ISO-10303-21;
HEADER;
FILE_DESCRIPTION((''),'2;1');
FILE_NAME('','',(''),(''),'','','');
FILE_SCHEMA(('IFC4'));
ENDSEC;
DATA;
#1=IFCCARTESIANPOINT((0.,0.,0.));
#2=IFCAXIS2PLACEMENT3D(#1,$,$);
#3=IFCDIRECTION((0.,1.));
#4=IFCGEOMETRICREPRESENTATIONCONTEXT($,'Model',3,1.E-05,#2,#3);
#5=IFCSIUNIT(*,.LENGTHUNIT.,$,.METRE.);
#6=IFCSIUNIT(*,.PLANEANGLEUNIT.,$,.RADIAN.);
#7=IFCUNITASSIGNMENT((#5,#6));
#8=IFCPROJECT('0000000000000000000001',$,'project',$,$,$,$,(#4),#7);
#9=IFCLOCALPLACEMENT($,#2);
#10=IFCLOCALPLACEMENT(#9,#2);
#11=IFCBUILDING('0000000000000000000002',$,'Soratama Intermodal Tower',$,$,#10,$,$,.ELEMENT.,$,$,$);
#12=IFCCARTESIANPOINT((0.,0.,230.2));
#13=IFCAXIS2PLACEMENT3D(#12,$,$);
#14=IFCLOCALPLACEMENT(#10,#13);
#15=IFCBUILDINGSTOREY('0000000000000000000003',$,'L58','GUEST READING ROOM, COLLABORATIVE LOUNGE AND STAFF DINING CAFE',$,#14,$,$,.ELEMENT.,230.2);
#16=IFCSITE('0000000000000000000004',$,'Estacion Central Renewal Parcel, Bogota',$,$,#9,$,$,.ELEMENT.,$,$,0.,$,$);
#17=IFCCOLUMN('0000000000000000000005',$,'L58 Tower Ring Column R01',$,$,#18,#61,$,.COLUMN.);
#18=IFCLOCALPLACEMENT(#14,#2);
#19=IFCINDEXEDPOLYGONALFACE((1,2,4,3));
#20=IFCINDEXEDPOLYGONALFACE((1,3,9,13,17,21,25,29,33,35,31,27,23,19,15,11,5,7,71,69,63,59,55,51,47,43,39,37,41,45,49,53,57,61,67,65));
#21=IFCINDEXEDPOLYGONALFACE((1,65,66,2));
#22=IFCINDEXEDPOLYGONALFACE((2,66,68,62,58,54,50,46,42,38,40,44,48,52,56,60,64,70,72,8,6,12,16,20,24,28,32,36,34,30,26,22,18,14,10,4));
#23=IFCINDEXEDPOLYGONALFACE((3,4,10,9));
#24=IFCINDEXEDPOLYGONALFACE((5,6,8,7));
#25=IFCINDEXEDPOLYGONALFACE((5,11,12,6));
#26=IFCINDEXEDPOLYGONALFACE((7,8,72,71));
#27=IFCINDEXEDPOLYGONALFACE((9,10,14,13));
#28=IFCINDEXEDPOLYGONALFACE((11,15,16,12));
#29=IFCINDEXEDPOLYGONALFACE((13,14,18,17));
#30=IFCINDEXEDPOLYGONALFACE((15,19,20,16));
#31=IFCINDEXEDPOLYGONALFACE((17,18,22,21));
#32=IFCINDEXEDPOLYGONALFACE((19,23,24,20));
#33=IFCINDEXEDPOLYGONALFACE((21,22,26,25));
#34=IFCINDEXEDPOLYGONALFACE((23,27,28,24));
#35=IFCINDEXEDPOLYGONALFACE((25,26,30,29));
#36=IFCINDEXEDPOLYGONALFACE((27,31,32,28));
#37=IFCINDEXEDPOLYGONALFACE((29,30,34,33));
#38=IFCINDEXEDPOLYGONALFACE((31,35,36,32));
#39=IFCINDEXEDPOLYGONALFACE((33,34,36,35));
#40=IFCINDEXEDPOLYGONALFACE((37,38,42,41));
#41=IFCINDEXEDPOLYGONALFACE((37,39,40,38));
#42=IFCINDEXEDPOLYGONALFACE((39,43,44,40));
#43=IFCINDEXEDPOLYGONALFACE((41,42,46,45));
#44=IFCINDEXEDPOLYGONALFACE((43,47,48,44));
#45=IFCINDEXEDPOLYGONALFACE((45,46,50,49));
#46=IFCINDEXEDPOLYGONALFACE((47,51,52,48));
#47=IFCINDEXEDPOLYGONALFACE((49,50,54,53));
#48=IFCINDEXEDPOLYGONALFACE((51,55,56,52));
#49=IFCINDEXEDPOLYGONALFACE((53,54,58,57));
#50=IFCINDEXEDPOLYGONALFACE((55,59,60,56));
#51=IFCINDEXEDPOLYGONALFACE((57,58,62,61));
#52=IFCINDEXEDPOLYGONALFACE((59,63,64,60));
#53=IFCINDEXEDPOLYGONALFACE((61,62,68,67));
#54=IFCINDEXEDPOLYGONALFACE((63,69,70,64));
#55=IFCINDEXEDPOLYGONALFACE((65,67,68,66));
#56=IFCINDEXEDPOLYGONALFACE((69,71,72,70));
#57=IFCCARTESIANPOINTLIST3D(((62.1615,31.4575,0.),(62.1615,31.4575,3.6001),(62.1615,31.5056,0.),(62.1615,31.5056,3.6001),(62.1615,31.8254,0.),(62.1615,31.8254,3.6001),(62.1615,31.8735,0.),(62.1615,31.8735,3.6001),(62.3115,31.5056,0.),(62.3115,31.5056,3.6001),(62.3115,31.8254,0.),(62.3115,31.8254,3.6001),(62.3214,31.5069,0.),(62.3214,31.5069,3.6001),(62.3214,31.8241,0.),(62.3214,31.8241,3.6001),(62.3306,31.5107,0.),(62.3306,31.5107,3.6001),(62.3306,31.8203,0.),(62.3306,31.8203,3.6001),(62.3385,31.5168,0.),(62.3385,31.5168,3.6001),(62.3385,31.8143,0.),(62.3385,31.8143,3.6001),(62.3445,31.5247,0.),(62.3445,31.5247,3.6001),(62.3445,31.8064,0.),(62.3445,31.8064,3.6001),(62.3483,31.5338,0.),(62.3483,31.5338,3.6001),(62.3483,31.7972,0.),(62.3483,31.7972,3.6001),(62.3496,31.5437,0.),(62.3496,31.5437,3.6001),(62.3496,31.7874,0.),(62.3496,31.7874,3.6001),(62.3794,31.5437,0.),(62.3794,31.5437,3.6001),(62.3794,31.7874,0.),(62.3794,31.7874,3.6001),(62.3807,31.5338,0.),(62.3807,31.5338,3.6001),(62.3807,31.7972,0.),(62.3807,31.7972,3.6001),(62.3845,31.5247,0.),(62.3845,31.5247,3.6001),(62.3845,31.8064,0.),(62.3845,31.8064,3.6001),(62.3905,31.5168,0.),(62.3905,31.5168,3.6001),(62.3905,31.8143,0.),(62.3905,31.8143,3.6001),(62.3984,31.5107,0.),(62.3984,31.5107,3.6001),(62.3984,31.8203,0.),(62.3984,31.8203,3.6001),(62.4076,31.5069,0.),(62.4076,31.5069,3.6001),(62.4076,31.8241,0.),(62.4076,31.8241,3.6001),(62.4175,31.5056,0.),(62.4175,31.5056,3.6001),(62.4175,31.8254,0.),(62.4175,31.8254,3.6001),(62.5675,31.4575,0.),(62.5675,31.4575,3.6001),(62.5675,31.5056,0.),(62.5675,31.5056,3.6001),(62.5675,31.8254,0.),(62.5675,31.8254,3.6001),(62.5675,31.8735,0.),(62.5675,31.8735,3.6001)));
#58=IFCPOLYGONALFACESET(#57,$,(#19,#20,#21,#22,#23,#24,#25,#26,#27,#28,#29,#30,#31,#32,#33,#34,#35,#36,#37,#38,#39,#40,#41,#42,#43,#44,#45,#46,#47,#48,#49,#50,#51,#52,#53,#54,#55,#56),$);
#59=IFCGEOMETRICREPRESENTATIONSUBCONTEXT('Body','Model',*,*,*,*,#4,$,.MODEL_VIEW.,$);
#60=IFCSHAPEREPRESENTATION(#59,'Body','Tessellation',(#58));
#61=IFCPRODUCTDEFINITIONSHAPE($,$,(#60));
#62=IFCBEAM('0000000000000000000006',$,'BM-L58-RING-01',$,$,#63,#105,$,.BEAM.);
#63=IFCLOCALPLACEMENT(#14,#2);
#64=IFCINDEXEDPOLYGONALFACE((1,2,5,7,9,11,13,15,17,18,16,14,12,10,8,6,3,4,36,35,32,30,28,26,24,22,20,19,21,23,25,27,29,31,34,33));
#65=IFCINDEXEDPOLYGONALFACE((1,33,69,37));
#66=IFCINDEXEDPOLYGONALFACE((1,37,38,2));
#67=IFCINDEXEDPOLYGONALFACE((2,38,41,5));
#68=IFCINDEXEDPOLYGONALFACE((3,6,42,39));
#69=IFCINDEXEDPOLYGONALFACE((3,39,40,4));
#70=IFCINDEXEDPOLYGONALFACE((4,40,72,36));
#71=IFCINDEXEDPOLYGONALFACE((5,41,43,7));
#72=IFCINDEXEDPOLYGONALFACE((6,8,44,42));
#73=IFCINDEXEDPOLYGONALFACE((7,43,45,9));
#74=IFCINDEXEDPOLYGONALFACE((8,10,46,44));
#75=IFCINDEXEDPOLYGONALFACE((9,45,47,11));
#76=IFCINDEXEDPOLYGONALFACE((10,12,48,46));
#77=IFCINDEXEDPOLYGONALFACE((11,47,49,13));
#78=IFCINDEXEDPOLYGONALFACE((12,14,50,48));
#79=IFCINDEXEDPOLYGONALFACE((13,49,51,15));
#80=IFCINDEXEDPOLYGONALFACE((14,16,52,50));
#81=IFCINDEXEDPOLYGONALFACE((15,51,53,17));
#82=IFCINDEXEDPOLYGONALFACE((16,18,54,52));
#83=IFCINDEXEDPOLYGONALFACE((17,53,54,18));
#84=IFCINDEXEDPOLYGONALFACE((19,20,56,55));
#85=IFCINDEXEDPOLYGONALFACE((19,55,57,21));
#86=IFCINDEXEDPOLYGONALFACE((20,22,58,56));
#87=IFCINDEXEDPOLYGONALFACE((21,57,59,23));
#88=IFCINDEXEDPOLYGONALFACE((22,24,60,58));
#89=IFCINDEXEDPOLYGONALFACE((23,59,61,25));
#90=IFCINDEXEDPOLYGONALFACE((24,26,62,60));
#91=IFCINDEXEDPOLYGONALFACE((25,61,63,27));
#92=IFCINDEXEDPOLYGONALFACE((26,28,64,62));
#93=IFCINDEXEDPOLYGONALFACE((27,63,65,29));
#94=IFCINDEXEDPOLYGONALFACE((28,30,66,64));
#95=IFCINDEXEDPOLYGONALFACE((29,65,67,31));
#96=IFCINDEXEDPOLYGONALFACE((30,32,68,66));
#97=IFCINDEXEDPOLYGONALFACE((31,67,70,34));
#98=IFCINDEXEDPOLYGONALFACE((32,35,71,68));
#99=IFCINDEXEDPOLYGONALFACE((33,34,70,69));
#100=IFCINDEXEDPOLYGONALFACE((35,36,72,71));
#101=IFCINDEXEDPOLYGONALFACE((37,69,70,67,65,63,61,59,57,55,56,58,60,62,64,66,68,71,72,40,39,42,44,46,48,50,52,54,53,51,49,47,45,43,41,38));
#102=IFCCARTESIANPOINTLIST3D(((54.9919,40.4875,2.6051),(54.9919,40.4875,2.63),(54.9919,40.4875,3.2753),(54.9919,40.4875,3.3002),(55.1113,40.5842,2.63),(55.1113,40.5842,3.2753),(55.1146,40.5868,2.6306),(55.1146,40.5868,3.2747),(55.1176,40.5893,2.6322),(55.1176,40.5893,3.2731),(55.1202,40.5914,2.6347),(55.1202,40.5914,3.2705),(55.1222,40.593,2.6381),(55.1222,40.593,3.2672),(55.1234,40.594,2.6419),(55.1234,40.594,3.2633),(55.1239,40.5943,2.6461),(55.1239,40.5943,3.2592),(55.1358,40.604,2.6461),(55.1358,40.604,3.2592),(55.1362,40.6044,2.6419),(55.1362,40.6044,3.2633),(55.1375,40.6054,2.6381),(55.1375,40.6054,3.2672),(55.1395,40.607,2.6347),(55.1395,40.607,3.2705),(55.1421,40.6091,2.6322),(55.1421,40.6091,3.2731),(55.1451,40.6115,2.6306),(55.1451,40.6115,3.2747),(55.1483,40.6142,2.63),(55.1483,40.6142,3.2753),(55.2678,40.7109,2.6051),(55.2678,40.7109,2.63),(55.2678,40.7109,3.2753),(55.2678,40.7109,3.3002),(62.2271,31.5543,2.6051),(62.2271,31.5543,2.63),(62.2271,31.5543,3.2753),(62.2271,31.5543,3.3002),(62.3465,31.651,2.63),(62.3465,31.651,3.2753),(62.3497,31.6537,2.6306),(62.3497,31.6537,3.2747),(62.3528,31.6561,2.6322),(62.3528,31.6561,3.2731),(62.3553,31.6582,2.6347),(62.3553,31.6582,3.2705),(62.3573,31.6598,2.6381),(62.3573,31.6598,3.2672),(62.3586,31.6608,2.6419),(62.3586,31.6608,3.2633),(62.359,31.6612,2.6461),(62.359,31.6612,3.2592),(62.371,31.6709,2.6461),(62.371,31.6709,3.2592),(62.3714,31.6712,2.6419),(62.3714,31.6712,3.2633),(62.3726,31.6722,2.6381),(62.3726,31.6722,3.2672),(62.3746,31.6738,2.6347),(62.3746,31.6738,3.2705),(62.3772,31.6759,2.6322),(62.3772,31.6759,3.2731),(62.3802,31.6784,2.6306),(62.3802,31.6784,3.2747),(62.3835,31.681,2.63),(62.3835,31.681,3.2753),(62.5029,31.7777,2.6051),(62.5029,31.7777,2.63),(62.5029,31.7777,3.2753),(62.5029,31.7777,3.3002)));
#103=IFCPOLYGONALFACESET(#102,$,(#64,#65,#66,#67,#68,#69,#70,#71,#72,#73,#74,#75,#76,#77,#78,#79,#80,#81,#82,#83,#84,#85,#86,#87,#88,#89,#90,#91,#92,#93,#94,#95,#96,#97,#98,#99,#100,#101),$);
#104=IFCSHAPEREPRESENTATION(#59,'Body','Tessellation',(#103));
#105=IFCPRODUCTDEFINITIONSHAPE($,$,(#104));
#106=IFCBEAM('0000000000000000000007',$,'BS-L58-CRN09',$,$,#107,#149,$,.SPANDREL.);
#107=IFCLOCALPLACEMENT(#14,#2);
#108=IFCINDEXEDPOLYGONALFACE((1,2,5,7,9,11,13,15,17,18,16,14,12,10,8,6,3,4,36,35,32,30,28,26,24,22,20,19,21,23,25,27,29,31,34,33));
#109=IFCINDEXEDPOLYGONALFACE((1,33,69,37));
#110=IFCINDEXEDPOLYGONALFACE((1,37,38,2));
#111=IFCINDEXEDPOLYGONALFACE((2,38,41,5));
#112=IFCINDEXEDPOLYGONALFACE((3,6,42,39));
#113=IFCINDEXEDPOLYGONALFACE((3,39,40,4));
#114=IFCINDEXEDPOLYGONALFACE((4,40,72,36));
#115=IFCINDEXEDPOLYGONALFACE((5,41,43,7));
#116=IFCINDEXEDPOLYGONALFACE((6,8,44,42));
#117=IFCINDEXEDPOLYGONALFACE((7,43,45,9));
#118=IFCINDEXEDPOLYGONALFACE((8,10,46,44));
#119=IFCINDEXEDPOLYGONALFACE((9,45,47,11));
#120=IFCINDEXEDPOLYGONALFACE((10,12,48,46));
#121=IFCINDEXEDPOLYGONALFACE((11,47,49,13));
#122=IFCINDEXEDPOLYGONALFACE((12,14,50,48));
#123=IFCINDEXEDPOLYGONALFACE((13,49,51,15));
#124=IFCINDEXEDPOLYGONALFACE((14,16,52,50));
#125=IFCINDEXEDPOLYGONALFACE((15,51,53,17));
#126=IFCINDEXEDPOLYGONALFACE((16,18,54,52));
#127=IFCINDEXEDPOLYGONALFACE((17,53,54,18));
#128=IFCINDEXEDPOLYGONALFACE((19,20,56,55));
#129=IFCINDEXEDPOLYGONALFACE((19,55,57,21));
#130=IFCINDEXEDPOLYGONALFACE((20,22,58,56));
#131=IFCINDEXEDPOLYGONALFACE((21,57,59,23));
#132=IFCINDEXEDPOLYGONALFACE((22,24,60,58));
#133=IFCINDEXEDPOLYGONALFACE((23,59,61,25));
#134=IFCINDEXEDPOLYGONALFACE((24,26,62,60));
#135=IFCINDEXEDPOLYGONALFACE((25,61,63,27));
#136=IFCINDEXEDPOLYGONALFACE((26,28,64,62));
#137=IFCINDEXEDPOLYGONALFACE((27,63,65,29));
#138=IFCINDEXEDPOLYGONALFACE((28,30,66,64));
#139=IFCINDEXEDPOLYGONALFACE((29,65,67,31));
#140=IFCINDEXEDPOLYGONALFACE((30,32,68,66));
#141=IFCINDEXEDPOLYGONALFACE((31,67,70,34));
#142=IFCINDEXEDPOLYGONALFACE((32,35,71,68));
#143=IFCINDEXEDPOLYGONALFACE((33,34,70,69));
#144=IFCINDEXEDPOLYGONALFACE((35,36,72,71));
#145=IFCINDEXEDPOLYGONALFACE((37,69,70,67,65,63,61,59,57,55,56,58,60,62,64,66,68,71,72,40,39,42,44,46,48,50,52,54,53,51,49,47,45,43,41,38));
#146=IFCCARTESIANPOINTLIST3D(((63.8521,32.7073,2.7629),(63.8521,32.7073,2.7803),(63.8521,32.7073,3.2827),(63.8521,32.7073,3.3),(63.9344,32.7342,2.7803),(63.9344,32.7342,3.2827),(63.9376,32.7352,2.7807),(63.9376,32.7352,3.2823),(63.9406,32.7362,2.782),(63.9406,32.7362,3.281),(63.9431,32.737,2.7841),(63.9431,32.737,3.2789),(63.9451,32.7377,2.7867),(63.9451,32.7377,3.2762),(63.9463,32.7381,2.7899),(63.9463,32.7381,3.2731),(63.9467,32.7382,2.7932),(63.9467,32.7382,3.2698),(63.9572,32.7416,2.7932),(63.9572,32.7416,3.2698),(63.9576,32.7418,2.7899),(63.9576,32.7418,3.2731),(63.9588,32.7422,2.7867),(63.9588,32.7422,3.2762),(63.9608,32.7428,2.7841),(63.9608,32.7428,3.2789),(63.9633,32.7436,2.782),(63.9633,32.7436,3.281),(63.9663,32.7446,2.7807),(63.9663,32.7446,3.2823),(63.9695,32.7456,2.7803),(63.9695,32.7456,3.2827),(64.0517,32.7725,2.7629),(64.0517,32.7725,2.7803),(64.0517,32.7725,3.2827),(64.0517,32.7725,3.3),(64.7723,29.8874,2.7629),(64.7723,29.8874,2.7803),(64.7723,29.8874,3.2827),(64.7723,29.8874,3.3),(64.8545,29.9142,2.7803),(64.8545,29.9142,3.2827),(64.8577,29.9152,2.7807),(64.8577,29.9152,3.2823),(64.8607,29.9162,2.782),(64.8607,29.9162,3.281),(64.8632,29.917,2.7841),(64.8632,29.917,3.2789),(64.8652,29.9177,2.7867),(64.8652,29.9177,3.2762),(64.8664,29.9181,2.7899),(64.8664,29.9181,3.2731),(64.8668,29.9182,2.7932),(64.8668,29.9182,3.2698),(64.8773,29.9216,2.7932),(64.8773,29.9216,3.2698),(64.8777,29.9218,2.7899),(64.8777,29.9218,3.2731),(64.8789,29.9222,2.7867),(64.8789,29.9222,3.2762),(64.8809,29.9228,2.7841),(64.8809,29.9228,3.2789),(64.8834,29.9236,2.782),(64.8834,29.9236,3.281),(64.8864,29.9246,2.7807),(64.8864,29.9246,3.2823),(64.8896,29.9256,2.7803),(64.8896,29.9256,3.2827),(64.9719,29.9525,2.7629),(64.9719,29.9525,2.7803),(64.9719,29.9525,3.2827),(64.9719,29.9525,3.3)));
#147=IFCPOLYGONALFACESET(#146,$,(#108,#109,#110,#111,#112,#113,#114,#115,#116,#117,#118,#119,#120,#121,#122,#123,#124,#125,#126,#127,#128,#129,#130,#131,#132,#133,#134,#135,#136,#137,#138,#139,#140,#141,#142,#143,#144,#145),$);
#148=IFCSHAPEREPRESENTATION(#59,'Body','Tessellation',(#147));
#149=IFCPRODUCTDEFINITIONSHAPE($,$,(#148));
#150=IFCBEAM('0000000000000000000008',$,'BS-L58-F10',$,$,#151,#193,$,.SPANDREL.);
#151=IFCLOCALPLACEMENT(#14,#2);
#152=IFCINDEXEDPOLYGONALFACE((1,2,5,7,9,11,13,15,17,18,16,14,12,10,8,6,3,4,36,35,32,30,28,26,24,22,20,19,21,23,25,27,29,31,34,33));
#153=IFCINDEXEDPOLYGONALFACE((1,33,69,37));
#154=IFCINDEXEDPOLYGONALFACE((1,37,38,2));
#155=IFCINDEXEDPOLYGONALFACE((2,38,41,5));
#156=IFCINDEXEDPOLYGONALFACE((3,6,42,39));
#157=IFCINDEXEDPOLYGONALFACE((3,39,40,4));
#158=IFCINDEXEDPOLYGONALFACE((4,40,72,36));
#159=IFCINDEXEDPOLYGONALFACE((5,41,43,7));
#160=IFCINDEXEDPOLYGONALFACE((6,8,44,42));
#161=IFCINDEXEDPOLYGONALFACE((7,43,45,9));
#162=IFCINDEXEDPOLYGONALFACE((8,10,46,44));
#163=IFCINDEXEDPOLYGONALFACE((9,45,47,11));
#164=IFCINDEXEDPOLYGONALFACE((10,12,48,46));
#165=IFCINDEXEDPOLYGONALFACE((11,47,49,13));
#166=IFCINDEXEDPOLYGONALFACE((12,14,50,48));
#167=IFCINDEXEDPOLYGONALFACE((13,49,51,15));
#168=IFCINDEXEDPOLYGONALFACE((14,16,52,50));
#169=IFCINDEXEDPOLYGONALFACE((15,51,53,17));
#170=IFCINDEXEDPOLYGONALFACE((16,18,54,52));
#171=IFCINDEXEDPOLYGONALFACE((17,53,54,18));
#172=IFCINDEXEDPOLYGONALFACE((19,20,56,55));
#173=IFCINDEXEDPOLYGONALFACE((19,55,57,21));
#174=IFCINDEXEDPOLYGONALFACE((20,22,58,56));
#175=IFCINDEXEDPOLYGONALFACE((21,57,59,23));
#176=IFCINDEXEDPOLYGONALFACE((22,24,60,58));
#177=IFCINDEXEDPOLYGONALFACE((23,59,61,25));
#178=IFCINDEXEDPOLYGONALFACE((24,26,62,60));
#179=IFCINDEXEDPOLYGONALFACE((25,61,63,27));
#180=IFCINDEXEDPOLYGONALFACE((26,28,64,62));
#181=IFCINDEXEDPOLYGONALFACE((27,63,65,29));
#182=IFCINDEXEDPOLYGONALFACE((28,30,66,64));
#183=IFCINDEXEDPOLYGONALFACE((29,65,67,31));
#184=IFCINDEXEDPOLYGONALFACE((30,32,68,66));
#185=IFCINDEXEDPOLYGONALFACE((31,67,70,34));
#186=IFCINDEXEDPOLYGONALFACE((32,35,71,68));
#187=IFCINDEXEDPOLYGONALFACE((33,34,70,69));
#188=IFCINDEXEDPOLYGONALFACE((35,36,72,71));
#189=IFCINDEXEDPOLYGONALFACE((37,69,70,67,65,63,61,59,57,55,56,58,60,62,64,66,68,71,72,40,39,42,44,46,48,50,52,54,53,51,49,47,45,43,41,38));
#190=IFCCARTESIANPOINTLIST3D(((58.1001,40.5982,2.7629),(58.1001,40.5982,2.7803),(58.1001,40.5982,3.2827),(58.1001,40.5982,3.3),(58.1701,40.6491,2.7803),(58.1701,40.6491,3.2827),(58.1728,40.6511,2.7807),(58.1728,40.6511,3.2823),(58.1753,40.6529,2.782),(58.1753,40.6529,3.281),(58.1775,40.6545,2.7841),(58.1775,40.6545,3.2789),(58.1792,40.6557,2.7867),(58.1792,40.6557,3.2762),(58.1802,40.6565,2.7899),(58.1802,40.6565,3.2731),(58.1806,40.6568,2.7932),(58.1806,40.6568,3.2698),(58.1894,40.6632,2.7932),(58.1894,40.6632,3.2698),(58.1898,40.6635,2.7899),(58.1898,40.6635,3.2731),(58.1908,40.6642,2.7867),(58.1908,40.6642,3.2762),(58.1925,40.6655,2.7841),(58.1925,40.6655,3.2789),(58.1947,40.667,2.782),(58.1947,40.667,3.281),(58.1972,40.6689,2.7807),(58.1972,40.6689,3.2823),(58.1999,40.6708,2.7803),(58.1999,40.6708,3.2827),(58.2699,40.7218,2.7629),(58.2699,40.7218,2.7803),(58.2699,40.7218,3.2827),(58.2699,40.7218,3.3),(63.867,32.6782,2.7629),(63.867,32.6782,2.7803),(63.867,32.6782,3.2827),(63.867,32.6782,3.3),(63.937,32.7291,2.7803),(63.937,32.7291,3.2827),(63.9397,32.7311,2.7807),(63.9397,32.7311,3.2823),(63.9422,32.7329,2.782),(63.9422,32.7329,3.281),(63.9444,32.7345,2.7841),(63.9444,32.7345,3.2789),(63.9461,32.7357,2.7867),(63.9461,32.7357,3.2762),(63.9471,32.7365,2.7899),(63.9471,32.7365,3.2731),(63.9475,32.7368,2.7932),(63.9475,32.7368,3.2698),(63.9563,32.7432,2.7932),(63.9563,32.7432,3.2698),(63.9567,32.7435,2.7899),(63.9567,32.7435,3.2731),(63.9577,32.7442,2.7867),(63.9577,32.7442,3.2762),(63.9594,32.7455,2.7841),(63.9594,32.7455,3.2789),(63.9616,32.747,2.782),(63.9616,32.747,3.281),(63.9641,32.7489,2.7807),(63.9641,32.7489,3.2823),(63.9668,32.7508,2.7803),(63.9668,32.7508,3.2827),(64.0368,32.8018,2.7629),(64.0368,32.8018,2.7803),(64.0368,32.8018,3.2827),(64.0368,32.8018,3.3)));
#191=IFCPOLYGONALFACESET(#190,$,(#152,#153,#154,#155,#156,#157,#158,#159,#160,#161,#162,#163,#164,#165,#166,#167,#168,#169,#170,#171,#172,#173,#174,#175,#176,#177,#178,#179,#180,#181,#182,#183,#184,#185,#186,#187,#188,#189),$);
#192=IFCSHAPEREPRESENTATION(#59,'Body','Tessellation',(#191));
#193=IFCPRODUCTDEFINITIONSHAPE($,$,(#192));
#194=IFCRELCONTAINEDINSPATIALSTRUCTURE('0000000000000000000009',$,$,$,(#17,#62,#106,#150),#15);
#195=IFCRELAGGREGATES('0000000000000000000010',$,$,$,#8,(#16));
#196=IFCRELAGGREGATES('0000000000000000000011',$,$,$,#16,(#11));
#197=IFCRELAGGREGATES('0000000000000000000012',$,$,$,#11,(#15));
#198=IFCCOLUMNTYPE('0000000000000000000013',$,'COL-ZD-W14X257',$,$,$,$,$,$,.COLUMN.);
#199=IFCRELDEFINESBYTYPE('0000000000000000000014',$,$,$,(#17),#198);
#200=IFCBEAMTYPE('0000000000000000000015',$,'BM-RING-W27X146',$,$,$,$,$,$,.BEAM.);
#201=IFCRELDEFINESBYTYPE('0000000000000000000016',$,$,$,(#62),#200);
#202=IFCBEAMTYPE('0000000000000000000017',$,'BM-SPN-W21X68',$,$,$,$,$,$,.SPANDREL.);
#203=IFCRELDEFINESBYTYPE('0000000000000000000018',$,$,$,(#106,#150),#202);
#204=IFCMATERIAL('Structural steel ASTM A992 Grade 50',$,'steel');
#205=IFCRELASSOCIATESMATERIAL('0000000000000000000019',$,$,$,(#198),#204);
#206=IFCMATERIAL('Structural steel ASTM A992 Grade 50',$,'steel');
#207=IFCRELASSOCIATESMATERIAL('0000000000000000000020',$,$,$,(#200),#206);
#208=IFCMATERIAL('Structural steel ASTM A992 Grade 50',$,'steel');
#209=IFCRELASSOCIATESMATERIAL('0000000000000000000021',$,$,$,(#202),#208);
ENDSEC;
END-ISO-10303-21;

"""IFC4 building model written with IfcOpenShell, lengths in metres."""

from ifc_helpers import new_model, si_unit, direction, frame, origin, origin_2d, place, context, subcontext, project, spatial, i_section, extrude, material, material_profile, profile_set, type_object, element, save


model = new_model("IFC4")

# Units and contexts
model_context = context("Model", 3, precision=1e-05, world=origin(), true_north=direction((0.0, 1.0)))
body_context = subcontext(model_context, "Body", "Model", "MODEL_VIEW")
ifc_project = project(units=[si_unit("LENGTHUNIT", "METRE"), si_unit("PLANEANGLEUNIT", "RADIAN")], contexts=[model_context])

# Site, building, storey
site_placement = place(None, origin())
site = spatial("IfcSite", under=ifc_project, at=site_placement, Name="Estacion Central Renewal Parcel, Bogota", CompositionType="ELEMENT", RefElevation=0.0)
building_placement = place(site_placement, origin())
building = spatial("IfcBuilding", under=site, at=building_placement, Name="Soratama Intermodal Tower", CompositionType="ELEMENT")
storey_placement = place(building_placement, frame((0.0, 0.0, 230.2)))
storey = spatial("IfcBuildingStorey", under=building, at=storey_placement, Name="L58", Description="GUEST READING ROOM, COLLABORATIVE LOUNGE AND STAFF DINING CAFE", CompositionType="ELEMENT", Elevation=230.2)

# Column
ifc_material_1 = material(Name="Structural steel ASTM A992 Grade 50", Category="steel")
ifc_material_profile_1 = material_profile(ifc_material_1, i_section(OverallWidth=0.406, OverallDepth=0.416, WebThickness=0.0298, FlangeThickness=0.0481, FilletRadius=0.0381, at=origin_2d()), Name="W14X257")
ifc_profile_set_1 = profile_set([ifc_material_profile_1], Name="Structural steel ASTM A992 Grade 50")
column_type = type_object("IfcColumnType", Name="COL-ZD-W14X257", PredefinedType="COLUMN", material=ifc_profile_set_1)
column_placement = place(storey_placement, frame((62.3645, 31.6655, 0.0), z_axis=(0.0, 0.0, 1.0), x_axis=(1.0, 0.0, 0.0)))
element("IfcColumn", 1, at=column_placement, inside=storey, type_object=column_type, Name="L58 Tower Ring Column R01", PredefinedType="COLUMN", context=body_context, shape_type="SweptSolid", body=[
    extrude(i_section(OverallWidth=0.406, OverallDepth=0.416, WebThickness=0.0298, FlangeThickness=0.0481, FilletRadius=0.0381, at=origin_2d()), origin(), (0.0, 0.0, 1.0), 3.6001),
])

# Beams
ifc_material_2 = material(Name="Structural steel ASTM A992 Grade 50", Category="steel")
ifc_material_profile_2 = material_profile(ifc_material_2, i_section(OverallWidth=0.355, OverallDepth=0.6951, WebThickness=0.0154, FlangeThickness=0.0249, FilletRadius=0.0161, at=origin_2d()), Name="W27X146")
ifc_profile_set_2 = profile_set([ifc_material_profile_2], Name="Structural steel ASTM A992 Grade 50")
beam_type_1 = type_object("IfcBeamType", Name="BM-RING-W27X146", PredefinedType="BEAM", material=ifc_profile_set_2)
beam_1_placement = place(storey_placement, frame((62.365, 31.666, 2.9526), z_axis=(-0.629385, 0.777094, 0.0), x_axis=(-0.777094, -0.629385, 0.0)))
element("IfcBeam", 2, at=beam_1_placement, inside=storey, type_object=beam_type_1, Name="BM-L58-RING-01", PredefinedType="BEAM", context=body_context, shape_type="SweptSolid", body=[
    extrude(i_section(OverallWidth=0.355, OverallDepth=0.6951, WebThickness=0.0154, FlangeThickness=0.0249, FilletRadius=0.0161, at=origin_2d()), origin(), (0.0, 0.0, 1.0), 11.4956),
])
ifc_material_3 = material(Name="Structural steel ASTM A992 Grade 50", Category="steel")
ifc_material_profile_3 = material_profile(ifc_material_3, i_section(OverallWidth=0.21, OverallDepth=0.5371, WebThickness=0.011, FlangeThickness=0.0173, FilletRadius=0.0129, at=origin_2d()), Name="W21X68")
ifc_profile_set_3 = profile_set([ifc_material_profile_3], Name="Structural steel ASTM A992 Grade 50")
beam_type_2 = type_object("IfcBeamType", Name="BM-SPN-W21X68", PredefinedType="SPANDREL", material=ifc_profile_set_3)
beam_2_placement = place(storey_placement, frame((64.8721, 29.9199, 3.0315), z_axis=(-0.310197, 0.950672, 0.0), x_axis=(-0.950672, -0.310197, 0.0)))
element("IfcBeam", 3, at=beam_2_placement, inside=storey, type_object=beam_type_2, Name="BS-L58-CRN09", PredefinedType="SPANDREL", context=body_context, shape_type="SweptSolid", body=[
    extrude(i_section(OverallWidth=0.21, OverallDepth=0.5371, WebThickness=0.011, FlangeThickness=0.0173, FilletRadius=0.0129, at=origin_2d()), origin(), (0.0, 0.0, 1.0), 2.9663),
])
beam_3_placement = place(storey_placement, frame((63.9519, 32.74, 3.0315), z_axis=(-0.588632, 0.808401, 0.0), x_axis=(-0.808401, -0.588632, 0.0)))
element("IfcBeam", 4, at=beam_3_placement, inside=storey, type_object=beam_type_2, Name="BS-L58-F10", PredefinedType="SPANDREL", context=body_context, shape_type="SweptSolid", body=[
    extrude(i_section(OverallWidth=0.21, OverallDepth=0.5371, WebThickness=0.011, FlangeThickness=0.0173, FilletRadius=0.0129, at=origin_2d()), origin(), (0.0, 0.0, 1.0), 9.7971),
])

save(model, "model.ifc")
